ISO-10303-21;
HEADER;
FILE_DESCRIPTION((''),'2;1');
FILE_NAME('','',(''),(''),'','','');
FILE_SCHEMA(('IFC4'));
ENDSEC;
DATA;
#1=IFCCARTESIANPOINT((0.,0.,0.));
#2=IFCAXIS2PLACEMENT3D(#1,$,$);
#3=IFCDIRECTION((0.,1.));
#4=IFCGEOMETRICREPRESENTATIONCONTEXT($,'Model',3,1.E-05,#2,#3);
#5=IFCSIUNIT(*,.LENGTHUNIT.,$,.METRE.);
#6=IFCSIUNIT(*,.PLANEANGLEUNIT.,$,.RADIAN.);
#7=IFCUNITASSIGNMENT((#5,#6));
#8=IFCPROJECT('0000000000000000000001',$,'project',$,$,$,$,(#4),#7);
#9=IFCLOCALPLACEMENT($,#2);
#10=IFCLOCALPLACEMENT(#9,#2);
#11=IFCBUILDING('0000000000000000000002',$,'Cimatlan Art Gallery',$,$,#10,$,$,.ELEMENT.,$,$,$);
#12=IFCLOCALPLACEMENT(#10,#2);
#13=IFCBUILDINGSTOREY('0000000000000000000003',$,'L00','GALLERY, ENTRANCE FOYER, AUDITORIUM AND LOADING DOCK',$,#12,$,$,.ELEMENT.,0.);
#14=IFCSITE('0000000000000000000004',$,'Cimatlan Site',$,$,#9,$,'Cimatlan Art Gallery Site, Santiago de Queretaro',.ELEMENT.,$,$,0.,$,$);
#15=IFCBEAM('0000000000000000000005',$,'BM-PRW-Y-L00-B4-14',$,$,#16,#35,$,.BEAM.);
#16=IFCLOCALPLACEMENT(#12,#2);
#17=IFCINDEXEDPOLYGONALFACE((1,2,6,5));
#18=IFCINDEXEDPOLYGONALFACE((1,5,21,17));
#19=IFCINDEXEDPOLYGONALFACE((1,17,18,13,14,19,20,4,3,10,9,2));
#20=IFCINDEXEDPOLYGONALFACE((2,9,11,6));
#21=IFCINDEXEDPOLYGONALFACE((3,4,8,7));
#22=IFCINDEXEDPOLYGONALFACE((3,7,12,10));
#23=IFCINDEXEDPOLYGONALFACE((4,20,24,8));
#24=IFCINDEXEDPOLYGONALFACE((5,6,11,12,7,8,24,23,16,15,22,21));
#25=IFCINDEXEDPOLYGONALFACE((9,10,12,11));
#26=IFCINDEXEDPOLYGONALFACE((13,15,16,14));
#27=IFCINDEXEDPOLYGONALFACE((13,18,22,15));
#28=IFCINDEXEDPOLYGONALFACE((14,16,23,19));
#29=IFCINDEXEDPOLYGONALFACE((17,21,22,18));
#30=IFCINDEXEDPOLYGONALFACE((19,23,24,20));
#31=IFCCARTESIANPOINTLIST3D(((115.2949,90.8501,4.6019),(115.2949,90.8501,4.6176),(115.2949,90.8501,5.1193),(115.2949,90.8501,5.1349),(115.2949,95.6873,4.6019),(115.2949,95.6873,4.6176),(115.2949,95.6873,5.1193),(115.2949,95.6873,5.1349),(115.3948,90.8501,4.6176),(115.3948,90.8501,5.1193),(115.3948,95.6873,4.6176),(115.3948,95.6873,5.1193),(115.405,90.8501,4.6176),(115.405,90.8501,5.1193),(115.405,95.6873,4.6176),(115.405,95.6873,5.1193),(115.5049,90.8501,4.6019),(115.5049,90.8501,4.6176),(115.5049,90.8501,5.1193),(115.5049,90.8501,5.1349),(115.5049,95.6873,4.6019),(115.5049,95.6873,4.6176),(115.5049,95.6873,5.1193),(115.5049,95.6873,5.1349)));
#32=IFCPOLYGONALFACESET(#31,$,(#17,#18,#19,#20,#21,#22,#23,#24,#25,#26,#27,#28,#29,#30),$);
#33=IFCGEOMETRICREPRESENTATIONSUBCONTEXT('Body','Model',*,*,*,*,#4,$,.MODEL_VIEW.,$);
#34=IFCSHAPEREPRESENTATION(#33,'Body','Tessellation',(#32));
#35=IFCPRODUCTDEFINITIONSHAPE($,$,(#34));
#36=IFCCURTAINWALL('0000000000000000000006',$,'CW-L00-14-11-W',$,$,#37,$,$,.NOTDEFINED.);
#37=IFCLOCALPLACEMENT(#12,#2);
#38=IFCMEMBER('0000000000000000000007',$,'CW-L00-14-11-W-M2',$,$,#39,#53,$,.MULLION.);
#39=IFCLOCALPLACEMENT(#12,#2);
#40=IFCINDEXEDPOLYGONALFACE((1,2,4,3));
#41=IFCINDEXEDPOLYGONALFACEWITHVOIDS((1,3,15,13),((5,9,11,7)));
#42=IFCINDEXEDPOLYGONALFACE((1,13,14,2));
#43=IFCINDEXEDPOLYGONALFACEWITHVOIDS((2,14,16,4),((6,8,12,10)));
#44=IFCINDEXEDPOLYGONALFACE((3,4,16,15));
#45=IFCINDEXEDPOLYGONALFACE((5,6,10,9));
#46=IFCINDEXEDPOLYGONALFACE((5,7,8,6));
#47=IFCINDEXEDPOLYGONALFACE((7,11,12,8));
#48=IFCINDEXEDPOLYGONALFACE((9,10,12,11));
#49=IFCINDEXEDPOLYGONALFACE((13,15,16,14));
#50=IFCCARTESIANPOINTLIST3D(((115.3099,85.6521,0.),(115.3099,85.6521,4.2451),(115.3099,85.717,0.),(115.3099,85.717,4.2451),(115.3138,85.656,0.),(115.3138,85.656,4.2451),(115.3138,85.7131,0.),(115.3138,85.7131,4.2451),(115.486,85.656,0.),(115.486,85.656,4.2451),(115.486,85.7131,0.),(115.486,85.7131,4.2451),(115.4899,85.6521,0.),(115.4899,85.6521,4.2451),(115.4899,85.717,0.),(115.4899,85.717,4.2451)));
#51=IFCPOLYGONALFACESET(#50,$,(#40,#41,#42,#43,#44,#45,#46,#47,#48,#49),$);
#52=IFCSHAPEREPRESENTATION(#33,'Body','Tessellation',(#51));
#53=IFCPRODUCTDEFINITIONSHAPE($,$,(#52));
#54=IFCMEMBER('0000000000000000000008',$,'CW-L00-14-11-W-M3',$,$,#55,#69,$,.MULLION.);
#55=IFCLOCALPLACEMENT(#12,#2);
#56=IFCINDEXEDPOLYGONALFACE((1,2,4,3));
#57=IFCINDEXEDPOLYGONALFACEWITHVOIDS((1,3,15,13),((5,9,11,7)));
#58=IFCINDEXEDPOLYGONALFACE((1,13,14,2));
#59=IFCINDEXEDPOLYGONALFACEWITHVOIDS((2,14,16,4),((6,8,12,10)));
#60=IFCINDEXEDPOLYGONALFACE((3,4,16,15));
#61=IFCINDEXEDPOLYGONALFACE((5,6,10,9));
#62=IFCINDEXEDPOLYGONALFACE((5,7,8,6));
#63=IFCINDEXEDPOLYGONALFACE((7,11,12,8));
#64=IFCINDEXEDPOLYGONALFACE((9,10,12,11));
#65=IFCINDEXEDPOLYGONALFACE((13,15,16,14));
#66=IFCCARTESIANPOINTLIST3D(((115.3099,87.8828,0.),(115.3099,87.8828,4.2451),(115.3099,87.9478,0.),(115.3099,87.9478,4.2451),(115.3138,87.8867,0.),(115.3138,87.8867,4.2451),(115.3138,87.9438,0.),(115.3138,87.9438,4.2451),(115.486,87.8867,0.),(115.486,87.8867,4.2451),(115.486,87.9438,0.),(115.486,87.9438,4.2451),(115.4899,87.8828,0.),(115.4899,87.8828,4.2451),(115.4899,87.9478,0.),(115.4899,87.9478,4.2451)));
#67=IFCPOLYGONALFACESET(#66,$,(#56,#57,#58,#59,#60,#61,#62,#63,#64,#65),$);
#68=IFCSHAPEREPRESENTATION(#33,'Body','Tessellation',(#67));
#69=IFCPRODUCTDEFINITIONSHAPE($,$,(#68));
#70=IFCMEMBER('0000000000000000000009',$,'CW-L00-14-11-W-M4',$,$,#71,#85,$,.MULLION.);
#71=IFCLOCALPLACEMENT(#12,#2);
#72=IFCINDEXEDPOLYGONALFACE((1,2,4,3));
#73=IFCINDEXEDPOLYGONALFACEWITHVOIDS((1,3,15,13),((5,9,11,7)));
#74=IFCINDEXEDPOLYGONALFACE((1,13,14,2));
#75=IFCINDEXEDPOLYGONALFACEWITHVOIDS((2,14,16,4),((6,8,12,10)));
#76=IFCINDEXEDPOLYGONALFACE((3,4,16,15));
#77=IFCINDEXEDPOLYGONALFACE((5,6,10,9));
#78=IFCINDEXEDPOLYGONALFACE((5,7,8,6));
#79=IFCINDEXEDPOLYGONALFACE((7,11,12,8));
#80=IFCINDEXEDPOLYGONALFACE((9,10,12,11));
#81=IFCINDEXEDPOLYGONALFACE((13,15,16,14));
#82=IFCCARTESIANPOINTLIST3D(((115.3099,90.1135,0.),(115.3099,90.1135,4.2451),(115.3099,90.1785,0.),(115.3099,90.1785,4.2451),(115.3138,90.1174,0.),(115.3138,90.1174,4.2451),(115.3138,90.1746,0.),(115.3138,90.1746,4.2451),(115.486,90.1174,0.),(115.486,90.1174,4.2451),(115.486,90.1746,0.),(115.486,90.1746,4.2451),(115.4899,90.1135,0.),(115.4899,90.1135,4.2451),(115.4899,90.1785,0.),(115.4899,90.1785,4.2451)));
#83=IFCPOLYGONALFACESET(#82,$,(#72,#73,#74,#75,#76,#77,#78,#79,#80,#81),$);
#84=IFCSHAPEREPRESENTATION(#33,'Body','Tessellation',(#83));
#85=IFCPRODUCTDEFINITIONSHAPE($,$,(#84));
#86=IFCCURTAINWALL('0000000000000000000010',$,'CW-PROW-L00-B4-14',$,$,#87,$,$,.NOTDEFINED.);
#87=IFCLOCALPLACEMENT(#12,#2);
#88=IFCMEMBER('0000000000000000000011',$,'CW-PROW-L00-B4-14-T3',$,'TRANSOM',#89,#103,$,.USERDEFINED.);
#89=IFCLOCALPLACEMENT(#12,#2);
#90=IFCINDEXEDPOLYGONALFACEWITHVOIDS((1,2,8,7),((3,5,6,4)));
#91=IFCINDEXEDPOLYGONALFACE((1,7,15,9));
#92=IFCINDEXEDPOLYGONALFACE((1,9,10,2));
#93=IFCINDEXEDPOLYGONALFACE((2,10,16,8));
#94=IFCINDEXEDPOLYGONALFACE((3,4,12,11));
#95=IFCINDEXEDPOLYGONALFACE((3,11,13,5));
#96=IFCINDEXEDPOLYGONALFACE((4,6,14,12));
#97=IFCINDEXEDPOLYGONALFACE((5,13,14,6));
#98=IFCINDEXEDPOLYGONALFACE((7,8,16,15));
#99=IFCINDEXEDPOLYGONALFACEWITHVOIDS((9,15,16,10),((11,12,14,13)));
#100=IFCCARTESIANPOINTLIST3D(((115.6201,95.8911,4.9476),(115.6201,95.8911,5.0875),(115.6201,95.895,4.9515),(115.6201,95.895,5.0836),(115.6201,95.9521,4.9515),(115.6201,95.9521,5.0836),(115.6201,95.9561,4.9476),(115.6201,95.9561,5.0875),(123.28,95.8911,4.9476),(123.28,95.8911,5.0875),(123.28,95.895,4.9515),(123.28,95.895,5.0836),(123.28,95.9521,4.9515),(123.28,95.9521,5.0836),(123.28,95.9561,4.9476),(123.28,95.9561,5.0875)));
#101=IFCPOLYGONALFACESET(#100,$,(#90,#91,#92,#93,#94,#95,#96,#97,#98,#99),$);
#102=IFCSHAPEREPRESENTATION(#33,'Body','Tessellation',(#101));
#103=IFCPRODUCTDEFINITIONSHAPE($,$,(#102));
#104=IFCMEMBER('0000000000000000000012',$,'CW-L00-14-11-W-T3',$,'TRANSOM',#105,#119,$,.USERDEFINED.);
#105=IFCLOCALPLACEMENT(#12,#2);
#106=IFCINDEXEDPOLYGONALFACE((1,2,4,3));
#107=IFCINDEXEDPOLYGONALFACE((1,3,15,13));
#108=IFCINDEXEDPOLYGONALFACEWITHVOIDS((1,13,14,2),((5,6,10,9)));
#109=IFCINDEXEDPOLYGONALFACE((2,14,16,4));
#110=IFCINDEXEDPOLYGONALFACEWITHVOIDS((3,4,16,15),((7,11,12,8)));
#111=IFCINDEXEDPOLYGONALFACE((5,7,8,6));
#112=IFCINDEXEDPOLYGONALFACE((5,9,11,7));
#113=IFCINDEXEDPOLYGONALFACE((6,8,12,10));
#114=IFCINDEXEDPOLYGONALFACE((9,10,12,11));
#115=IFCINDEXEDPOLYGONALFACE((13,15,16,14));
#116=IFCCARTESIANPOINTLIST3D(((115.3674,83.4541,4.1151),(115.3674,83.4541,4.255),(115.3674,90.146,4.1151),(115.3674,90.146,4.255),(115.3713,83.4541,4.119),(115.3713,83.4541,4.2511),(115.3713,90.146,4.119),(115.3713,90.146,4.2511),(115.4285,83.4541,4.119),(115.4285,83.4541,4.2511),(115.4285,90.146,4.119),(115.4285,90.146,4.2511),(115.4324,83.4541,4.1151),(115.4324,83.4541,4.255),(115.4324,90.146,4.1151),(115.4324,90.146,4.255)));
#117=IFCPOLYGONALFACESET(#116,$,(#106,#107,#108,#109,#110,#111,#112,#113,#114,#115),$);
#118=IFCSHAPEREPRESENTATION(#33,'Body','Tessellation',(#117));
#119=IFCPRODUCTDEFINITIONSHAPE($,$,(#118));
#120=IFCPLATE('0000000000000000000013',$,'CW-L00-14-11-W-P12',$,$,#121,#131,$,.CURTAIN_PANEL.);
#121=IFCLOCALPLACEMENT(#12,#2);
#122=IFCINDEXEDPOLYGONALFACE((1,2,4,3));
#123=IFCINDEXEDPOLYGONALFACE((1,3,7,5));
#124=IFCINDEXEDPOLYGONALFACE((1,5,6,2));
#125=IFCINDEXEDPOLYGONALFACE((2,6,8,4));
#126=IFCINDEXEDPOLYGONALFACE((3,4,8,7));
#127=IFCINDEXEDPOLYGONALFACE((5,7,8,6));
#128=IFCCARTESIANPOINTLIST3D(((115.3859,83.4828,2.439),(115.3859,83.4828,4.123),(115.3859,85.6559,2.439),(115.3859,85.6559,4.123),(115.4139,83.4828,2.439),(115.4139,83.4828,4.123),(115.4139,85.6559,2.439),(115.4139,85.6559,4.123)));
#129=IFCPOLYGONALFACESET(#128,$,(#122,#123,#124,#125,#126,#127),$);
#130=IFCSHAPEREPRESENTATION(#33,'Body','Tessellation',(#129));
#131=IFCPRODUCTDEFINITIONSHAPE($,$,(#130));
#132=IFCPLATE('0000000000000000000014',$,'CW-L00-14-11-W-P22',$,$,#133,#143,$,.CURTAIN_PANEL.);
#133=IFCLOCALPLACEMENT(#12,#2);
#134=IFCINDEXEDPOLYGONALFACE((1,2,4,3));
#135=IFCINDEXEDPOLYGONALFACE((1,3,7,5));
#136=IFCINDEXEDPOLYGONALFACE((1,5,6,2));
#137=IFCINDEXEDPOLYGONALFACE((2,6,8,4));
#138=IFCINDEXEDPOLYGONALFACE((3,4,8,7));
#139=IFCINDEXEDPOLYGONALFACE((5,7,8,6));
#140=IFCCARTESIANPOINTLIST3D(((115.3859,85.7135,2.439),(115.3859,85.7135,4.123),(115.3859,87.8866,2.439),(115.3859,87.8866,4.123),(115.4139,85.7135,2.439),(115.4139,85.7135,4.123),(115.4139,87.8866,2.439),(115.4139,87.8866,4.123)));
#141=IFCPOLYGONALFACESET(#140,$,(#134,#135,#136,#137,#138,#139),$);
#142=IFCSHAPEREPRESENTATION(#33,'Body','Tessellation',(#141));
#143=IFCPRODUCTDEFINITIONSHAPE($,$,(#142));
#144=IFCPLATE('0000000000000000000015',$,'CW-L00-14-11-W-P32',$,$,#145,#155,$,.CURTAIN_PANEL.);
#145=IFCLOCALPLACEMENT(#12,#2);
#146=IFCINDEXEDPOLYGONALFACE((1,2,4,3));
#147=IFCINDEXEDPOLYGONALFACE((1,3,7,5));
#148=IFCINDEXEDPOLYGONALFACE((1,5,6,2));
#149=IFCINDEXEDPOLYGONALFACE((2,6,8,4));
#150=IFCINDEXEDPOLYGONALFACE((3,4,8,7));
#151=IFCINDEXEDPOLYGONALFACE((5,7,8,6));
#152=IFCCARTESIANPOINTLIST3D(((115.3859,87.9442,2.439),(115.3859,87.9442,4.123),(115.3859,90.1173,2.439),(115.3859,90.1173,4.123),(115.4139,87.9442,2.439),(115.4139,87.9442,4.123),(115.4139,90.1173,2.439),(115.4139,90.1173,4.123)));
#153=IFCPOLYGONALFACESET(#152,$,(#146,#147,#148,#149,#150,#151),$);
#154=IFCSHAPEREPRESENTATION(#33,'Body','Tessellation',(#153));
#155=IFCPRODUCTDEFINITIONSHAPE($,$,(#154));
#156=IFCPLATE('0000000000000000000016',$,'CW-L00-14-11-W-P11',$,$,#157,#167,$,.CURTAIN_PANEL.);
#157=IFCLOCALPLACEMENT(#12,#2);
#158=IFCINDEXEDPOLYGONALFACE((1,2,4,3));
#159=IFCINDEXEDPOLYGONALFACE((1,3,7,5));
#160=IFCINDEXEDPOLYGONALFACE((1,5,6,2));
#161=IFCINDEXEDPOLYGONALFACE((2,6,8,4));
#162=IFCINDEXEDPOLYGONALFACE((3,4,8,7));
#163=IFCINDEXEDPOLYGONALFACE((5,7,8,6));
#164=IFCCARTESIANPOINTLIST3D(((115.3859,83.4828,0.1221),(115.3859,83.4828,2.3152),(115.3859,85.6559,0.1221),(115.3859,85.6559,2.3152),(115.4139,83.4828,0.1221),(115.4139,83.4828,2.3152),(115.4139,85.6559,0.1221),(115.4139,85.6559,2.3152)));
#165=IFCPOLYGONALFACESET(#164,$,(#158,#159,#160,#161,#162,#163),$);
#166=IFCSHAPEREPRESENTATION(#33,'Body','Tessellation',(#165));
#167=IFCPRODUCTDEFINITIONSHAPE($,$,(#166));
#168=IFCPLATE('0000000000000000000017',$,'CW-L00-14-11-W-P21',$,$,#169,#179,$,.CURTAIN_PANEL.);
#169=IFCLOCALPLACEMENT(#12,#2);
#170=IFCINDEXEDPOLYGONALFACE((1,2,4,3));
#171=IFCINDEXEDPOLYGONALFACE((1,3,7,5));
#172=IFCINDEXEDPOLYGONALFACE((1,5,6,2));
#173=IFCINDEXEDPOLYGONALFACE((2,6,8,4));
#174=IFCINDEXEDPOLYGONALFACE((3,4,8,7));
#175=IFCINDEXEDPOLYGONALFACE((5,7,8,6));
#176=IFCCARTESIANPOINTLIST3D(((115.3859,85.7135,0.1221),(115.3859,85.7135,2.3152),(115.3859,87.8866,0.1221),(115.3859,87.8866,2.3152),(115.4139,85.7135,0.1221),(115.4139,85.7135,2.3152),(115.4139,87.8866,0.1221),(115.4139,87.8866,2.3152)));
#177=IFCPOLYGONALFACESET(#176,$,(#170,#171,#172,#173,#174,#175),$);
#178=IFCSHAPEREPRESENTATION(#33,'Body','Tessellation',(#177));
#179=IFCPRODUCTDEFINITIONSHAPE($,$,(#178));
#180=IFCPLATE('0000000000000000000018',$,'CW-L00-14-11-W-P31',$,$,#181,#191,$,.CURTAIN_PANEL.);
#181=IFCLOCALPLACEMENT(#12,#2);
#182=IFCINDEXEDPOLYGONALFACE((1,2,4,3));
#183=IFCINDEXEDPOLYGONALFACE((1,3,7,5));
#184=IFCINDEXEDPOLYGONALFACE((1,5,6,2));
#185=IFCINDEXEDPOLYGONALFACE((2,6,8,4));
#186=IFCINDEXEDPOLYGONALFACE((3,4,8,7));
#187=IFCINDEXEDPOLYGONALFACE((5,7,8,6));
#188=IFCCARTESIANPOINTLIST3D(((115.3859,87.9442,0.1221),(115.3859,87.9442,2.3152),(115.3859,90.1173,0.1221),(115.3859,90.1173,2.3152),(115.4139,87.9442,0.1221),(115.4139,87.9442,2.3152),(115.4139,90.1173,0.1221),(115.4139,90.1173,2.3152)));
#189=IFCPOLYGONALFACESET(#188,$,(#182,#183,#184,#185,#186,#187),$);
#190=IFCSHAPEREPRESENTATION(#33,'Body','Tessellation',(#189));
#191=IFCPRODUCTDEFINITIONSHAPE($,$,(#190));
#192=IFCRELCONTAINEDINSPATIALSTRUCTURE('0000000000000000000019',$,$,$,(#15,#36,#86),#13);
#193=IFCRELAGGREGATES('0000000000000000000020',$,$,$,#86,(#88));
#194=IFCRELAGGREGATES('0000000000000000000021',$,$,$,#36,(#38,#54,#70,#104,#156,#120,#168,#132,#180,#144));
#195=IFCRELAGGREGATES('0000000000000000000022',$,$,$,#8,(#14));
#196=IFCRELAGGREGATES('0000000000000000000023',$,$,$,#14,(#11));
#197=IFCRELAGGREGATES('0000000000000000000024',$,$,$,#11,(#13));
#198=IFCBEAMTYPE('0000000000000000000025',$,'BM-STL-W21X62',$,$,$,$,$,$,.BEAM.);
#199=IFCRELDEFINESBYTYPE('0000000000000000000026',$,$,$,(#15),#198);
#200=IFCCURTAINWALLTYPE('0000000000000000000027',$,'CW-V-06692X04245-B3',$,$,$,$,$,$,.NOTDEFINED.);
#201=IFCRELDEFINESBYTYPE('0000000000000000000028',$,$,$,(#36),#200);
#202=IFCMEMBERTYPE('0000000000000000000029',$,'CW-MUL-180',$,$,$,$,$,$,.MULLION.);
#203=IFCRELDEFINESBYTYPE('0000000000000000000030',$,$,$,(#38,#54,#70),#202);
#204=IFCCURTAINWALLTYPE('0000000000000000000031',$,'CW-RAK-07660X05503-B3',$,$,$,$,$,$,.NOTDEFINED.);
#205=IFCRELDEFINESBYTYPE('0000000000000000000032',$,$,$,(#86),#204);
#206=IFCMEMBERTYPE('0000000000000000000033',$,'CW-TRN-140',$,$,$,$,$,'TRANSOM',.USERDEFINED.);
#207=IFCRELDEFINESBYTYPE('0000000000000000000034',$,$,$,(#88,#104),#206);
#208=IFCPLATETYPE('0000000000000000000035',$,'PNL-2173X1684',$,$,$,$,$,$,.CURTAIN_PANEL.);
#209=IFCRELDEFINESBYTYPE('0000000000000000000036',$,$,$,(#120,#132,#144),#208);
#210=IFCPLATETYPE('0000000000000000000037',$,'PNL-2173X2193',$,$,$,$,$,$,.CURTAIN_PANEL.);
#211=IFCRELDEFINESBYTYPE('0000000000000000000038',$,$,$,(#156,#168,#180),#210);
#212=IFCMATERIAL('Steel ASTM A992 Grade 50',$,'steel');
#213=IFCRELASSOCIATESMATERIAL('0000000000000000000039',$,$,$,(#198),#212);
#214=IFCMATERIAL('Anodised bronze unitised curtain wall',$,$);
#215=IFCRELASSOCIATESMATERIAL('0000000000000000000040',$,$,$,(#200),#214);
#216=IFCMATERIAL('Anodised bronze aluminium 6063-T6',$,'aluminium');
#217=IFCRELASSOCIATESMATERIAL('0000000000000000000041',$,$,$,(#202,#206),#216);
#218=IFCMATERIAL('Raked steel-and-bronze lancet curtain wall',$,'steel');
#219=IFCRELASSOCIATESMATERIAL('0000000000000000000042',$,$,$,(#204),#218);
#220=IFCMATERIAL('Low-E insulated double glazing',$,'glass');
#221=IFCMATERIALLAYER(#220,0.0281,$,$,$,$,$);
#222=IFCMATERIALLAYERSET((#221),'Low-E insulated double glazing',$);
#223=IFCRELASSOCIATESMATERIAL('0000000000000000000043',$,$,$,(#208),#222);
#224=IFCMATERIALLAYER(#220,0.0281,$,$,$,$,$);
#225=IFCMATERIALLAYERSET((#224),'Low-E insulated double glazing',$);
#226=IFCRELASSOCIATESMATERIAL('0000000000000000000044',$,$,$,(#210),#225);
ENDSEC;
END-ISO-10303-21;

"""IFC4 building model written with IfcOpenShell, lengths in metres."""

from ifc_helpers import new_model, si_unit, direction, frame, origin, origin_2d, place, context, subcontext, project, spatial, rectangle, hollow_rectangle, i_section, extrude, material, layer, layer_set, material_profile, profile_set, type_object, element, aggregate, save


model = new_model("IFC4")

# Units and contexts
model_context = context("Model", 3, precision=1e-05, world=origin(), true_north=direction((0.0, 1.0)))
body_context = subcontext(model_context, "Body", "Model", "MODEL_VIEW")
ifc_project = project(units=[si_unit("LENGTHUNIT", "METRE"), si_unit("PLANEANGLEUNIT", "RADIAN")], contexts=[model_context])

# Site, building, storey
site_placement = place(None, origin())
site = spatial("IfcSite", under=ifc_project, at=site_placement, Name="Cimatlan Site", LongName="Cimatlan Art Gallery Site, Santiago de Queretaro", CompositionType="ELEMENT", RefElevation=0.0)
building_placement = place(site_placement, origin())
building = spatial("IfcBuilding", under=site, at=building_placement, Name="Cimatlan Art Gallery", CompositionType="ELEMENT")
storey_placement = place(building_placement, origin())
storey = spatial("IfcBuildingStorey", under=building, at=storey_placement, Name="L00", Description="GALLERY, ENTRANCE FOYER, AUDITORIUM AND LOADING DOCK", CompositionType="ELEMENT", Elevation=0.0)

# Beam
ifc_material_1 = material(Name="Steel ASTM A992 Grade 50", Category="steel")
ifc_material_profile_1 = material_profile(ifc_material_1, i_section(OverallWidth=0.21, OverallDepth=0.533, WebThickness=0.0103, FlangeThickness=0.0156, at=origin_2d()), Name="W21X62")
ifc_profile_set_1 = profile_set([ifc_material_profile_1], Name="Steel ASTM A992 Grade 50")
beam_type_1 = type_object("IfcBeamType", Name="BM-STL-W21X62", PredefinedType="BEAM", material=ifc_profile_set_1)
beam_1_placement = place(storey_placement, frame((115.3999, 90.8501, 4.8684), z_axis=(0.0, 1.0, 0.0), x_axis=(-1.0, 0.0, 0.0)))
element("IfcBeam", 1, at=beam_1_placement, inside=storey, type_object=beam_type_1, Name="BM-PRW-Y-L00-B4-14", PredefinedType="BEAM", context=body_context, shape_type="SweptSolid", body=[
    extrude(i_section(OverallWidth=0.21, OverallDepth=0.533, WebThickness=0.0103, FlangeThickness=0.0156, at=origin_2d()), origin(), (0.0, 0.0, 1.0), 4.8372),
])

# Curtain wall, members
ifc_material_2 = material(Name="Anodised bronze unitised curtain wall")
curtain_wall_type_1 = type_object("IfcCurtainWallType", Name="CW-V-06692X04245-B3", PredefinedType="NOTDEFINED", material=ifc_material_2)
curtain_wall_1_placement = place(storey_placement, origin())
curtain_wall_1 = element("IfcCurtainWall", 2, at=curtain_wall_1_placement, inside=storey, type_object=curtain_wall_type_1, Name="CW-L00-14-11-W", PredefinedType="NOTDEFINED")
ifc_material_3 = material(Name="Anodised bronze aluminium 6063-T6", Category="aluminium")
ifc_material_profile_2 = material_profile(ifc_material_3, hollow_rectangle(XDim=0.0649, YDim=0.1799, WallThickness=0.0039, at=origin_2d()), Name="ALU65X180X4")
ifc_profile_set_2 = profile_set([ifc_material_profile_2], Name="Anodised bronze aluminium 6063-T6")
member_type_1 = type_object("IfcMemberType", Name="CW-MUL-180", PredefinedType="MULLION", material=ifc_profile_set_2)
member_1_placement = place(storey_placement, frame((115.3999, 85.6846, 0.0), z_axis=(0.0, 0.0, 1.0), x_axis=(0.0, 1.0, 0.0)))
member_1 = element("IfcMember", 3, at=member_1_placement, type_object=member_type_1, Name="CW-L00-14-11-W-M2", PredefinedType="MULLION", context=body_context, shape_type="SweptSolid", body=[
    extrude(hollow_rectangle(XDim=0.0649, YDim=0.1799, WallThickness=0.0039, at=origin_2d()), origin(), (0.0, 0.0, 1.0), 4.2451),
])
member_2_placement = place(storey_placement, frame((115.3999, 87.9153, 0.0), z_axis=(0.0, 0.0, 1.0), x_axis=(0.0, 1.0, 0.0)))
member_2 = element("IfcMember", 4, at=member_2_placement, type_object=member_type_1, Name="CW-L00-14-11-W-M3", PredefinedType="MULLION", context=body_context, shape_type="SweptSolid", body=[
    extrude(hollow_rectangle(XDim=0.0649, YDim=0.1799, WallThickness=0.0039, at=origin_2d()), origin(), (0.0, 0.0, 1.0), 4.2451),
])
member_3_placement = place(storey_placement, frame((115.3999, 90.146, 0.0), z_axis=(0.0, 0.0, 1.0), x_axis=(0.0, 1.0, 0.0)))
member_3 = element("IfcMember", 5, at=member_3_placement, type_object=member_type_1, Name="CW-L00-14-11-W-M4", PredefinedType="MULLION", context=body_context, shape_type="SweptSolid", body=[
    extrude(hollow_rectangle(XDim=0.0649, YDim=0.1799, WallThickness=0.0039, at=origin_2d()), origin(), (0.0, 0.0, 1.0), 4.2451),
])

# Curtain wall, member
ifc_material_4 = material(Name="Raked steel-and-bronze lancet curtain wall", Category="steel")
curtain_wall_type_2 = type_object("IfcCurtainWallType", Name="CW-RAK-07660X05503-B3", PredefinedType="NOTDEFINED", material=ifc_material_4)
curtain_wall_2_placement = place(storey_placement, origin())
curtain_wall_2 = element("IfcCurtainWall", 6, at=curtain_wall_2_placement, inside=storey, type_object=curtain_wall_type_2, Name="CW-PROW-L00-B4-14", PredefinedType="NOTDEFINED")
ifc_material_profile_3 = material_profile(ifc_material_3, hollow_rectangle(XDim=0.0649, YDim=0.1399, WallThickness=0.0039, at=origin_2d()), Name="ALU65X140X4")
ifc_profile_set_3 = profile_set([ifc_material_profile_3], Name="Anodised bronze aluminium 6063-T6")
member_type_2 = type_object("IfcMemberType", Name="CW-TRN-140", ElementType="TRANSOM", PredefinedType="USERDEFINED", material=ifc_profile_set_3)
member_4_placement = place(storey_placement, frame((115.6201, 95.9236, 5.0176), z_axis=(1.0, 0.0, 0.0), x_axis=(0.0, 1.0, 0.0)))
member_4 = element("IfcMember", 7, at=member_4_placement, type_object=member_type_2, Name="CW-PROW-L00-B4-14-T3", ObjectType="TRANSOM", PredefinedType="USERDEFINED", context=body_context, shape_type="SweptSolid", body=[
    extrude(hollow_rectangle(XDim=0.0649, YDim=0.1399, WallThickness=0.0039, at=origin_2d()), origin(), (0.0, 0.0, 1.0), 7.6599),
])
aggregate(curtain_wall_2, [member_4])

# Member
member_5_placement = place(storey_placement, frame((115.3999, 83.4541, 4.1851), z_axis=(0.0, 1.0, 0.0), x_axis=(-1.0, 0.0, 0.0)))
member_5 = element("IfcMember", 8, at=member_5_placement, type_object=member_type_2, Name="CW-L00-14-11-W-T3", ObjectType="TRANSOM", PredefinedType="USERDEFINED", context=body_context, shape_type="SweptSolid", body=[
    extrude(hollow_rectangle(XDim=0.0649, YDim=0.1399, WallThickness=0.0039, at=origin_2d()), origin(), (0.0, 0.0, 1.0), 6.6919),
])

# Plates
ifc_material_5 = material(Name="Low-E insulated double glazing", Category="glass")
ifc_layer_1 = layer(ifc_material_5, 0.0281)
ifc_layer_set_1 = layer_set([ifc_layer_1], Name="Low-E insulated double glazing")
plate_type_1 = type_object("IfcPlateType", Name="PNL-2173X1684", PredefinedType="CURTAIN_PANEL", material=ifc_layer_set_1)
plate_1_placement = place(storey_placement, frame((115.3999, 84.5693, 2.439), z_axis=(0.0, 0.0, 1.0), x_axis=(0.0, 1.0, 0.0)))
plate_1 = element("IfcPlate", 9, at=plate_1_placement, type_object=plate_type_1, Name="CW-L00-14-11-W-P12", PredefinedType="CURTAIN_PANEL", context=body_context, shape_type="SweptSolid", body=[
    extrude(rectangle(XDim=2.1731, YDim=0.0281, at=origin_2d()), origin(), (0.0, 0.0, 1.0), 1.6841),
])
plate_2_placement = place(storey_placement, frame((115.3999, 86.8, 2.439), z_axis=(0.0, 0.0, 1.0), x_axis=(0.0, 1.0, 0.0)))
plate_2 = element("IfcPlate", 10, at=plate_2_placement, type_object=plate_type_1, Name="CW-L00-14-11-W-P22", PredefinedType="CURTAIN_PANEL", context=body_context, shape_type="SweptSolid", body=[
    extrude(rectangle(XDim=2.1731, YDim=0.0281, at=origin_2d()), origin(), (0.0, 0.0, 1.0), 1.6841),
])
plate_3_placement = place(storey_placement, frame((115.3999, 89.0308, 2.439), z_axis=(0.0, 0.0, 1.0), x_axis=(0.0, 1.0, 0.0)))
plate_3 = element("IfcPlate", 11, at=plate_3_placement, type_object=plate_type_1, Name="CW-L00-14-11-W-P32", PredefinedType="CURTAIN_PANEL", context=body_context, shape_type="SweptSolid", body=[
    extrude(rectangle(XDim=2.1731, YDim=0.0281, at=origin_2d()), origin(), (0.0, 0.0, 1.0), 1.6841),
])
ifc_layer_2 = layer(ifc_material_5, 0.0281)
ifc_layer_set_2 = layer_set([ifc_layer_2], Name="Low-E insulated double glazing")
plate_type_2 = type_object("IfcPlateType", Name="PNL-2173X2193", PredefinedType="CURTAIN_PANEL", material=ifc_layer_set_2)
plate_4_placement = place(storey_placement, frame((115.3999, 84.5693, 0.1221), z_axis=(0.0, 0.0, 1.0), x_axis=(0.0, 1.0, 0.0)))
plate_4 = element("IfcPlate", 12, at=plate_4_placement, type_object=plate_type_2, Name="CW-L00-14-11-W-P11", PredefinedType="CURTAIN_PANEL", context=body_context, shape_type="SweptSolid", body=[
    extrude(rectangle(XDim=2.1731, YDim=0.0281, at=origin_2d()), origin(), (0.0, 0.0, 1.0), 2.1931),
])
plate_5_placement = place(storey_placement, frame((115.3999, 86.8, 0.1221), z_axis=(0.0, 0.0, 1.0), x_axis=(0.0, 1.0, 0.0)))
plate_5 = element("IfcPlate", 13, at=plate_5_placement, type_object=plate_type_2, Name="CW-L00-14-11-W-P21", PredefinedType="CURTAIN_PANEL", context=body_context, shape_type="SweptSolid", body=[
    extrude(rectangle(XDim=2.1731, YDim=0.0281, at=origin_2d()), origin(), (0.0, 0.0, 1.0), 2.1931),
])
plate_6_placement = place(storey_placement, frame((115.3999, 89.0308, 0.1221), z_axis=(0.0, 0.0, 1.0), x_axis=(0.0, 1.0, 0.0)))
plate_6 = element("IfcPlate", 14, at=plate_6_placement, type_object=plate_type_2, Name="CW-L00-14-11-W-P31", PredefinedType="CURTAIN_PANEL", context=body_context, shape_type="SweptSolid", body=[
    extrude(rectangle(XDim=2.1731, YDim=0.0281, at=origin_2d()), origin(), (0.0, 0.0, 1.0), 2.1931),
])
aggregate(curtain_wall_1, [member_1, member_2, member_3, member_5, plate_4, plate_1, plate_5, plate_2, plate_6, plate_3])

save(model, "model.ifc")
